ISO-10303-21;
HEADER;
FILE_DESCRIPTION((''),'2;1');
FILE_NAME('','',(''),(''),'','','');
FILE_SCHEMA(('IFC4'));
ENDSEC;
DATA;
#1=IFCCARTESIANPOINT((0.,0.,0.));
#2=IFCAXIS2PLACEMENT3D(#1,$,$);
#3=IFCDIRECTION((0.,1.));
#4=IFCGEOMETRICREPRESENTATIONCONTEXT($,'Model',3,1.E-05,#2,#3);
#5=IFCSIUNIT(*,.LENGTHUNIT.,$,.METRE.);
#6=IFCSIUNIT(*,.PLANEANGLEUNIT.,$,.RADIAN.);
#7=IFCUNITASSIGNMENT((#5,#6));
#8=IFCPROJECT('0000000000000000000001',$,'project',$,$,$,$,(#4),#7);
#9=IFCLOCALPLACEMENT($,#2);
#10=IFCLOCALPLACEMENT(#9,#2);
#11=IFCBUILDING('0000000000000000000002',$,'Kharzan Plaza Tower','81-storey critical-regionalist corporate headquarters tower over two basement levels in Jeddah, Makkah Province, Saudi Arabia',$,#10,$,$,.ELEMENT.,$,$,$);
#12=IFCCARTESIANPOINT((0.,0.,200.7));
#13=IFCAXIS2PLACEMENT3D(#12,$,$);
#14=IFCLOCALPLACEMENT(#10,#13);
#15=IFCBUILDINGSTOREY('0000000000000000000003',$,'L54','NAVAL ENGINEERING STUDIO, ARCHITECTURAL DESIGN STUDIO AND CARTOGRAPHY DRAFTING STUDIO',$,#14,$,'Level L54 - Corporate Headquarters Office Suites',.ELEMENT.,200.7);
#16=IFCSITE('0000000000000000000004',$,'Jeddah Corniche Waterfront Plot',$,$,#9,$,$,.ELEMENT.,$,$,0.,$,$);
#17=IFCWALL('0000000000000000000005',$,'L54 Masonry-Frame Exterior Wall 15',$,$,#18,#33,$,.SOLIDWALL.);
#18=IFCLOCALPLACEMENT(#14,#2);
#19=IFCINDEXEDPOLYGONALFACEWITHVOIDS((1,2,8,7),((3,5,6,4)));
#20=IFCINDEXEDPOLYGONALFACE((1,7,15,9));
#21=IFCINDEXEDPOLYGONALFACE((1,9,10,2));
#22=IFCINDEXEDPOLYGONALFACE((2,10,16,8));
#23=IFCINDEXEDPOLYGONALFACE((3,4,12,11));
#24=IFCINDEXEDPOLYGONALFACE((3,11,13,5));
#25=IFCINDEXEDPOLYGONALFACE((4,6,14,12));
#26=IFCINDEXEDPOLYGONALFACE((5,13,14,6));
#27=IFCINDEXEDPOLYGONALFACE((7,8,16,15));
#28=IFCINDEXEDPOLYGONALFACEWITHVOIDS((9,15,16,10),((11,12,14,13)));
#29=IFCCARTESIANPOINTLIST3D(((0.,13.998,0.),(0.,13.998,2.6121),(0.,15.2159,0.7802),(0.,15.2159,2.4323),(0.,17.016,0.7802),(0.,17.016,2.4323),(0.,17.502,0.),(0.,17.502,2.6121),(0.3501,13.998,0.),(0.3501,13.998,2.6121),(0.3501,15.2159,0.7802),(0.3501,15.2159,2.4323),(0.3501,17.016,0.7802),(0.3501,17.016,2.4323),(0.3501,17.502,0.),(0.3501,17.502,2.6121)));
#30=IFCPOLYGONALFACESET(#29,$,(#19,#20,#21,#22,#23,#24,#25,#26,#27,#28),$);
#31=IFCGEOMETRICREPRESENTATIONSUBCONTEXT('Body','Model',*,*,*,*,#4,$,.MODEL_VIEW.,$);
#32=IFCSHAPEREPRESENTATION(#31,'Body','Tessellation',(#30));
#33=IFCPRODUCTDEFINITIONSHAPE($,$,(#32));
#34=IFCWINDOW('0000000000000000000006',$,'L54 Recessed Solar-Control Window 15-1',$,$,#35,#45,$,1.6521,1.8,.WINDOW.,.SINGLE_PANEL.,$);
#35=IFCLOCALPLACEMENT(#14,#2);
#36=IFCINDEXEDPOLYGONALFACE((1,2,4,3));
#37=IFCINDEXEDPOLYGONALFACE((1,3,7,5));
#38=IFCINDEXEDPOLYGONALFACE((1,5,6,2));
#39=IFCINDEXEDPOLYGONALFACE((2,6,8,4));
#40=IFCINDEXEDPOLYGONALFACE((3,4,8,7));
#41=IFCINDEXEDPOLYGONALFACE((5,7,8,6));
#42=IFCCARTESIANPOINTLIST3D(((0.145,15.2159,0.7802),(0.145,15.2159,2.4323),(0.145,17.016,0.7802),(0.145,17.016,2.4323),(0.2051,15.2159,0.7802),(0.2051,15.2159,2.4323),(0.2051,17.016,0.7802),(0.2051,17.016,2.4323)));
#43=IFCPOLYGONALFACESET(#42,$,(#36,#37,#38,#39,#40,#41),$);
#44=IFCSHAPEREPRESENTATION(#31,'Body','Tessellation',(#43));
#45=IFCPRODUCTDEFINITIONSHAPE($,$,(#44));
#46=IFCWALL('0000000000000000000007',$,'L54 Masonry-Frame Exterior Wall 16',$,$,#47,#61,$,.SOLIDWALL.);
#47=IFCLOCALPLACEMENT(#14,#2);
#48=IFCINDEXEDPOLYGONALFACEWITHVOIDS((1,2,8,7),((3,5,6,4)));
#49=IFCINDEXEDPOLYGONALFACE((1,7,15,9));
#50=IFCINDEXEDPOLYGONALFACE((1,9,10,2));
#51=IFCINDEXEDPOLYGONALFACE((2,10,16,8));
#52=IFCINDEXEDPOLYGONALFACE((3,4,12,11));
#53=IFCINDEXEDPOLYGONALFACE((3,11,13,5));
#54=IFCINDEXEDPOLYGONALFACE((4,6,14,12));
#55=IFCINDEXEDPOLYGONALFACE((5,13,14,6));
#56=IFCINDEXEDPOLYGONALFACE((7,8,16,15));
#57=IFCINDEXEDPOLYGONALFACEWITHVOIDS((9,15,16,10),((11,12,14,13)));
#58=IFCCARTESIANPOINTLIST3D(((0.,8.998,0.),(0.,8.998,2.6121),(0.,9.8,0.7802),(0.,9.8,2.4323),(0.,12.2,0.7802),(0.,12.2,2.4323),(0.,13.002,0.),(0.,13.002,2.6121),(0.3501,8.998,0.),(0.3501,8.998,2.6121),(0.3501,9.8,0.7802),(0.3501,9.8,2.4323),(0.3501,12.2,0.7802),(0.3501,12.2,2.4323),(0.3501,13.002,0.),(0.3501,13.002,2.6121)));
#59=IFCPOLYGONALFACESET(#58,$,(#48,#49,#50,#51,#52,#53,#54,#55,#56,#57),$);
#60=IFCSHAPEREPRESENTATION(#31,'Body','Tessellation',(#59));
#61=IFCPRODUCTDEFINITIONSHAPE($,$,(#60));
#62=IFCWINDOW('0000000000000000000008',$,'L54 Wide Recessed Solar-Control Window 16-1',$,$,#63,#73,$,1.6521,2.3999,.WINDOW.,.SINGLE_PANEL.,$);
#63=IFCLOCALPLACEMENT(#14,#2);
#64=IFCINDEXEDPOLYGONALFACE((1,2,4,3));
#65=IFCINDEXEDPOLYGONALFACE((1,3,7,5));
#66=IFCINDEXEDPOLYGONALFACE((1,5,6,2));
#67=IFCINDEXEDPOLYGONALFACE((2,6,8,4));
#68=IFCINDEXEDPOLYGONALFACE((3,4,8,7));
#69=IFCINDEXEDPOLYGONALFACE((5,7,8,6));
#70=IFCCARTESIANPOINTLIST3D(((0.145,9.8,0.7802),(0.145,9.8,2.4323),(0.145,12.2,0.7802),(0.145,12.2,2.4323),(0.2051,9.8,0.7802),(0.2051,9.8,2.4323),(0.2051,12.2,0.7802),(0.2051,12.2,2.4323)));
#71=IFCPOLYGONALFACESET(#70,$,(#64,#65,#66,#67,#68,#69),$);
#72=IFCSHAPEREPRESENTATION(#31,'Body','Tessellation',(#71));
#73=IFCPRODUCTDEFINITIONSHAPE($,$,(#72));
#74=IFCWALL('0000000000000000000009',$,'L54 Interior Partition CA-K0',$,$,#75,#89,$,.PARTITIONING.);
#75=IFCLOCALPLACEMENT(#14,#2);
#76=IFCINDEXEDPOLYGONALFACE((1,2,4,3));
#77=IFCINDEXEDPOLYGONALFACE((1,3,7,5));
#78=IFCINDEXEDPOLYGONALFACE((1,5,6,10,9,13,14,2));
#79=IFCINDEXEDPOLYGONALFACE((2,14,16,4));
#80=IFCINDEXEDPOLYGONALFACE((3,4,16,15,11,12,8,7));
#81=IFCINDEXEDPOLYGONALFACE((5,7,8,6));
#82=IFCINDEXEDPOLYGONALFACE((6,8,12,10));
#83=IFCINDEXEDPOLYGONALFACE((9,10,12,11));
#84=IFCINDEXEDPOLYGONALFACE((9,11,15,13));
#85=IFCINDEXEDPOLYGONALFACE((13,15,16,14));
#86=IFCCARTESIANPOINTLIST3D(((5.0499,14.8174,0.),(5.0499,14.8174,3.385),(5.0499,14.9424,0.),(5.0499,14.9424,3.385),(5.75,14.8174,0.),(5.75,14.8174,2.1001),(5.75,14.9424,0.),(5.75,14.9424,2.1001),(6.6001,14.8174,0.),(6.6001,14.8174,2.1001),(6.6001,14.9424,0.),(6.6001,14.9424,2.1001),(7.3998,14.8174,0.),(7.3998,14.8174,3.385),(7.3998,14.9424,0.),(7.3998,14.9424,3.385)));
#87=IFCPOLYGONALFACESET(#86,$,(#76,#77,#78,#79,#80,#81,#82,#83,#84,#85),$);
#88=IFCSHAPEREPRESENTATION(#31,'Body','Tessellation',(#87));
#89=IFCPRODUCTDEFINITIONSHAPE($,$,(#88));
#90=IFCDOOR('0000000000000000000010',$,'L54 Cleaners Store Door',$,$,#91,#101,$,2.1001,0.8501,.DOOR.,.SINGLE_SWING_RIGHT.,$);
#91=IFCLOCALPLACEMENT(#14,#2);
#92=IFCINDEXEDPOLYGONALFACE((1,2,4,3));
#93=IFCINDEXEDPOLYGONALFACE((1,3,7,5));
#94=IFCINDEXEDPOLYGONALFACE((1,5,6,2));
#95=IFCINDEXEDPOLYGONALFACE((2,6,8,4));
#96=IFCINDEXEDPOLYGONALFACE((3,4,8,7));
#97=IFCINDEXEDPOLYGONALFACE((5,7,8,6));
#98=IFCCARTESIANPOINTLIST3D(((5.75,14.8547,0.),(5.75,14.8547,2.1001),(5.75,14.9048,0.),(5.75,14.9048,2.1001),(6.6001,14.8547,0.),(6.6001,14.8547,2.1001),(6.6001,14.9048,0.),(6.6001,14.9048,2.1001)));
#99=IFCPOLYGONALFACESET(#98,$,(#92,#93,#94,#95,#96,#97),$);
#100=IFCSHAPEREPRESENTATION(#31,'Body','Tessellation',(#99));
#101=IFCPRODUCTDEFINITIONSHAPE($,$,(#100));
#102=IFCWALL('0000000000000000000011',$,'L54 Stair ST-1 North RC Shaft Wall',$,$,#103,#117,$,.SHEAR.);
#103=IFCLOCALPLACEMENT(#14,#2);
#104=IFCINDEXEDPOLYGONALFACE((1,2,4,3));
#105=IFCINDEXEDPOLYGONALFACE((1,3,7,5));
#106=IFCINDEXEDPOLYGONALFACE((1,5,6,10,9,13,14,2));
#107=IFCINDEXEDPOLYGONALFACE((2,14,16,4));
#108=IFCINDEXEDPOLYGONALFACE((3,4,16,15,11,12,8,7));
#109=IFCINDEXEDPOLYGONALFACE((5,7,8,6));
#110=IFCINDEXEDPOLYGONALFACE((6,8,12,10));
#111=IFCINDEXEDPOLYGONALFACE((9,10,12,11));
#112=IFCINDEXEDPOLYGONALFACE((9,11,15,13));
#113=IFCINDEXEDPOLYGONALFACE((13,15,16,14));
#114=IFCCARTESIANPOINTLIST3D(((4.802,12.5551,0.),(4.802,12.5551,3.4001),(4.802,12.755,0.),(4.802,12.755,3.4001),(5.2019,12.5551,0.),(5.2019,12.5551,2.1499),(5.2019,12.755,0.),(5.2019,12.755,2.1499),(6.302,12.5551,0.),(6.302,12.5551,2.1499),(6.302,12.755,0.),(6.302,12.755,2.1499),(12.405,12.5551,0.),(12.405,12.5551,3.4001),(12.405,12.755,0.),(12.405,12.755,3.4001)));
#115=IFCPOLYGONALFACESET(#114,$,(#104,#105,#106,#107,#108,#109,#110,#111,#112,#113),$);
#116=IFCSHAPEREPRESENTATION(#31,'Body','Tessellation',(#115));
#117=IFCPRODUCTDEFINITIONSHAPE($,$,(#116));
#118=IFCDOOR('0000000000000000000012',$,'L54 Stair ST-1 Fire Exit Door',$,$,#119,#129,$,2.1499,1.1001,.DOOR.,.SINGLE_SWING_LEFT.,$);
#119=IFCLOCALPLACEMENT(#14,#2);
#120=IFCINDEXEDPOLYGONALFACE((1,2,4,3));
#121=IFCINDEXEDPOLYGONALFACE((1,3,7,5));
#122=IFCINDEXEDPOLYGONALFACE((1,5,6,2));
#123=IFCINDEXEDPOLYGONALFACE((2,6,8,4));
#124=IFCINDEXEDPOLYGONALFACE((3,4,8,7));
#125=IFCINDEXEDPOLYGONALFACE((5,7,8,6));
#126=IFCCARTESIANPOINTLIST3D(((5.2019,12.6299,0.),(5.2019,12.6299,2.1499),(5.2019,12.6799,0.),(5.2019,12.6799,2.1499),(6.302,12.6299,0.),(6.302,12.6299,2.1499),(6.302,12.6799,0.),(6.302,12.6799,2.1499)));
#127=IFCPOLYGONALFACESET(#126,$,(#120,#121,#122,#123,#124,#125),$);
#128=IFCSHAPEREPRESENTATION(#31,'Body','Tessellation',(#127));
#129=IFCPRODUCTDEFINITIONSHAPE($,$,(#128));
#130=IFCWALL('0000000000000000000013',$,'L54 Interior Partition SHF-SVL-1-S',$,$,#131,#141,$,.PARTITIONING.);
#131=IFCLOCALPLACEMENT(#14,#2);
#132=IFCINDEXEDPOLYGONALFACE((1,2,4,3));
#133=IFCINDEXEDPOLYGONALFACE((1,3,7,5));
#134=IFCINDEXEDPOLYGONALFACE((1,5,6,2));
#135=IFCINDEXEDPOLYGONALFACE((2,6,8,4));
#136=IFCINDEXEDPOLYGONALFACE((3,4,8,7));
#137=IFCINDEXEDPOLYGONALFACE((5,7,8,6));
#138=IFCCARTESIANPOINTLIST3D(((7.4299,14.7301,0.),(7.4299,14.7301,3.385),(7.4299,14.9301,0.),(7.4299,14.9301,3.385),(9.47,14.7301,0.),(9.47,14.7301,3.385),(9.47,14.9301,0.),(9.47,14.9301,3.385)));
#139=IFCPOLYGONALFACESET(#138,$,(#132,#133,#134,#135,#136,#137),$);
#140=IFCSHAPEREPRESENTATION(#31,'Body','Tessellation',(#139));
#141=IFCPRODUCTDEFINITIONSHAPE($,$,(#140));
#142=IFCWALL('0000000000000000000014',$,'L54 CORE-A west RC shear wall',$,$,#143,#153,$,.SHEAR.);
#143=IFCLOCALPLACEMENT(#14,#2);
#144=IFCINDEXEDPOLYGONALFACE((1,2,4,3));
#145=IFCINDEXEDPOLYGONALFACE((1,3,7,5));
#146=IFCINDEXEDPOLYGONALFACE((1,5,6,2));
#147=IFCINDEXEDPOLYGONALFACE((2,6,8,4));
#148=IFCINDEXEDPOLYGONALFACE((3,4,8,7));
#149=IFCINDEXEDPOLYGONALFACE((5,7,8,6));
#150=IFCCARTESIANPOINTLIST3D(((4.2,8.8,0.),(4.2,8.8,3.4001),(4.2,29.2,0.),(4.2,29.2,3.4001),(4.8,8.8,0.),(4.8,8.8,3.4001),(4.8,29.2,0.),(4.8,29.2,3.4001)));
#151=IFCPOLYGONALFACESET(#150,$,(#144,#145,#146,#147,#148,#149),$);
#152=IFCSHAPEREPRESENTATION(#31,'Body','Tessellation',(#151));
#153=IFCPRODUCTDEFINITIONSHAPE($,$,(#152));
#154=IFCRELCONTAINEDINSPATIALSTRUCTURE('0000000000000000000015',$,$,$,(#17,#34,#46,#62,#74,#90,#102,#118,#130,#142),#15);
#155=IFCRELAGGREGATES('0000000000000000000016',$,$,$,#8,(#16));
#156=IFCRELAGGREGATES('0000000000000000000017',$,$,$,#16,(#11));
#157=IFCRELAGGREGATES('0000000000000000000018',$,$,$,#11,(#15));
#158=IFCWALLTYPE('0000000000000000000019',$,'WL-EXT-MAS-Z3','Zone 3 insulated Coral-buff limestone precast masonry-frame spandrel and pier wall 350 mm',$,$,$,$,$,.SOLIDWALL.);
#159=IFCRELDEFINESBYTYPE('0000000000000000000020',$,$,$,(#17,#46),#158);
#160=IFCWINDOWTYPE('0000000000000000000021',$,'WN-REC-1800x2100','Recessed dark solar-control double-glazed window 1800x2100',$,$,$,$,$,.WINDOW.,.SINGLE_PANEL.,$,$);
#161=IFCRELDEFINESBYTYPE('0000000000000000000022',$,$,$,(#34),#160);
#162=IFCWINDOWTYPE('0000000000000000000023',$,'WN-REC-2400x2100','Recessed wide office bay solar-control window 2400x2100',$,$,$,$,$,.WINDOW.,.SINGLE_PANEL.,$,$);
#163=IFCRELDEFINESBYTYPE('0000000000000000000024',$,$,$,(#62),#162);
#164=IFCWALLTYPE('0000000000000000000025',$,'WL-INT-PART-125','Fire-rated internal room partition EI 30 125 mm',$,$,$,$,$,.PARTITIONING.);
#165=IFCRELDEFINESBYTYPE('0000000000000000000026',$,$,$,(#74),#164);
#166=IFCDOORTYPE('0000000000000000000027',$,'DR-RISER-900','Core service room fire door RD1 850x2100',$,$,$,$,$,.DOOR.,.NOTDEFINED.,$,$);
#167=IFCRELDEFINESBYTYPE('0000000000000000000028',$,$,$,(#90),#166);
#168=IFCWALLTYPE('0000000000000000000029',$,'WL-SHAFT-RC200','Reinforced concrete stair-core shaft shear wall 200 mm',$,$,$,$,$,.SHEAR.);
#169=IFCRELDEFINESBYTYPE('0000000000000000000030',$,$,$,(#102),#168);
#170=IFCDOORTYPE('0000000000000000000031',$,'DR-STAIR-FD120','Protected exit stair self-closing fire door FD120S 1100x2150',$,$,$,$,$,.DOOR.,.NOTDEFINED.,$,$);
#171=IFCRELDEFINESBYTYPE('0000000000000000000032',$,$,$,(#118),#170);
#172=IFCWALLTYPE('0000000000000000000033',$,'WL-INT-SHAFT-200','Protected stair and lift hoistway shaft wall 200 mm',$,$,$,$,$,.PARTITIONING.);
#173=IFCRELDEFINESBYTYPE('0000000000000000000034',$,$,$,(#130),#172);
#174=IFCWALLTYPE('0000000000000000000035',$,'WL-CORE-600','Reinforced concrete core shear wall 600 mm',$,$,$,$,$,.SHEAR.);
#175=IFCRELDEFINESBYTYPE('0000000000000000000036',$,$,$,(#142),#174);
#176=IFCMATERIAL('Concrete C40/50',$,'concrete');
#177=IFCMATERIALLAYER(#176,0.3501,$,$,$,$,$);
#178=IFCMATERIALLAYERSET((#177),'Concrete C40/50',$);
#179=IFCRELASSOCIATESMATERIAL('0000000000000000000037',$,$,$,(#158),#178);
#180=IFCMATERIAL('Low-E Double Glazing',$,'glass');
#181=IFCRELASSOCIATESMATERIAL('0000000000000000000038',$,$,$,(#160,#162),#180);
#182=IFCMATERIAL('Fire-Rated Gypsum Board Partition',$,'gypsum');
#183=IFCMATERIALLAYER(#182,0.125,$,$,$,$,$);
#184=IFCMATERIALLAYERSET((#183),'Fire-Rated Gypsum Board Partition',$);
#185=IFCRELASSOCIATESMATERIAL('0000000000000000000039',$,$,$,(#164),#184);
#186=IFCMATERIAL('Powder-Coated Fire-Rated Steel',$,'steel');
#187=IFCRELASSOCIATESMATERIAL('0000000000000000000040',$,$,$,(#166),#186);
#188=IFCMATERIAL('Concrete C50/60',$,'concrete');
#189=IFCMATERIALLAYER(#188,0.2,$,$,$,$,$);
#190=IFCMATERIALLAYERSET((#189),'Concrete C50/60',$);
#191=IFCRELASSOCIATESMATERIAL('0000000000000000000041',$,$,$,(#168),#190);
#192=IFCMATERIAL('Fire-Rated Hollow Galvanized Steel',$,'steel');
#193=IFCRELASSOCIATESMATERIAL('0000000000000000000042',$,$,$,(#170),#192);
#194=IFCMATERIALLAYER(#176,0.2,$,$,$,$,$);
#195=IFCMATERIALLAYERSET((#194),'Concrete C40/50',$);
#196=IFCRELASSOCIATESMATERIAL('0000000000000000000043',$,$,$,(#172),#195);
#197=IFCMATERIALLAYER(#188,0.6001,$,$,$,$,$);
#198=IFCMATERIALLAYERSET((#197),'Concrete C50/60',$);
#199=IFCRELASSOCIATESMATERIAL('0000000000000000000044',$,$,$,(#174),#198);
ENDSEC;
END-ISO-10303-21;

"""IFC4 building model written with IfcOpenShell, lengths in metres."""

from ifc_helpers import new_model, si_unit, direction, frame, frame_2d, origin, place, context, subcontext, project, spatial, rectangle, extrude, source, transform, mapped, material, layer, layer_set, type_object, element, fill, save


model = new_model("IFC4")

# Units and contexts
model_context = context("Model", 3, precision=1e-05, world=origin(), true_north=direction((0.0, 1.0)))
body_context = subcontext(model_context, "Body", "Model", "MODEL_VIEW")
ifc_project = project(units=[si_unit("LENGTHUNIT", "METRE"), si_unit("PLANEANGLEUNIT", "RADIAN")], contexts=[model_context])

# Site, building, storey
site_placement = place(None, origin())
site = spatial("IfcSite", under=ifc_project, at=site_placement, Name="Jeddah Corniche Waterfront Plot", CompositionType="ELEMENT", RefElevation=0.0)
building_placement = place(site_placement, origin())
building = spatial("IfcBuilding", under=site, at=building_placement, Name="Kharzan Plaza Tower", Description="81-storey critical-regionalist corporate headquarters tower over two basement levels in Jeddah, Makkah Province, Saudi Arabia", CompositionType="ELEMENT")
storey_placement = place(building_placement, frame((0.0, 0.0, 200.7)))
storey = spatial("IfcBuildingStorey", under=building, at=storey_placement, Name="L54", Description="NAVAL ENGINEERING STUDIO, ARCHITECTURAL DESIGN STUDIO AND CARTOGRAPHY DRAFTING STUDIO", LongName="Level L54 - Corporate Headquarters Office Suites", CompositionType="ELEMENT", Elevation=200.7)

# Shared definitions
ifc_material_1 = material(Name="Concrete C50/60", Category="concrete")

# Walls, openings, windows
ifc_material_2 = material(Name="Concrete C40/50", Category="concrete")
ifc_layer_1 = layer(ifc_material_2, 0.3501)
ifc_layer_set_1 = layer_set([ifc_layer_1], Name="Concrete C40/50")
wall_type_1 = type_object("IfcWallType", Name="WL-EXT-MAS-Z3", Description="Zone 3 insulated Coral-buff limestone precast masonry-frame spandrel and pier wall 350 mm", PredefinedType="SOLIDWALL", material=ifc_layer_set_1)
wall_1_placement = place(storey_placement, frame((0.175, 17.502, 0.0), z_axis=(0.0, 0.0, 1.0), x_axis=(0.0, -1.0, 0.0)))
wall_1 = element("IfcWall", 1, at=wall_1_placement, inside=storey, type_object=wall_type_1, Name="L54 Masonry-Frame Exterior Wall 15", PredefinedType="SOLIDWALL", context=body_context, shape_type="SweptSolid", body=[
    extrude(rectangle(XDim=3.5039, YDim=0.3501, at=frame_2d((1.752, 0.0))), origin(), (0.0, 0.0, 1.0), 2.6121),
])
opening_1_placement = place(wall_1_placement, frame((0.4861, 0.0, 0.78)))
opening_1 = element("IfcOpeningElement", 2, at=opening_1_placement, cuts=wall_1, PredefinedType="OPENING", context=body_context, shape_type="SweptSolid", body=[
    extrude(rectangle(XDim=1.8, YDim=1.6521, at=frame_2d((0.8999, 0.8262))), frame((0.0, 0.1851, 0.0), z_axis=(0.0, -1.0, 0.0), x_axis=(1.0, 0.0, 0.0)), (0.0, 0.0, 1.0), 0.3701),
])
ifc_material_3 = material(Name="Low-E Double Glazing", Category="glass")
window_type_1 = type_object("IfcWindowType", Name="WN-REC-1800x2100", Description="Recessed dark solar-control double-glazed window 1800x2100", PartitioningType="SINGLE_PANEL", PredefinedType="WINDOW", material=ifc_material_3)
shared_shape_1 = source(origin(), body_context, "Body", "SweptSolid", [
    extrude(rectangle(XDim=1.8, YDim=1.6521, at=frame_2d((0.8999, 0.8262))), frame((0.0, 0.03, 0.0), z_axis=(0.0, -1.0, 0.0), x_axis=(1.0, 0.0, 0.0)), (0.0, 0.0, 1.0), 0.0601),
])
window_1_placement = place(opening_1_placement, origin())
window_1 = element("IfcWindow", 3, at=window_1_placement, inside=storey, type_object=window_type_1, Name="L54 Recessed Solar-Control Window 15-1", OverallHeight=1.6521, OverallWidth=1.8, PartitioningType="SINGLE_PANEL", PredefinedType="WINDOW", context=body_context, shape_type="MappedRepresentation", body=[
    mapped(shared_shape_1, transform((0.0, 0.0, 0.0), x_axis=(1.0, 0.0, 0.0), y_axis=(0.0, 1.0, 0.0), z_axis=(0.0, 0.0, 1.0))),
])
fill(opening_1, window_1)
wall_2_placement = place(storey_placement, frame((0.175, 13.002, 0.0), z_axis=(0.0, 0.0, 1.0), x_axis=(0.0, -1.0, 0.0)))
wall_2 = element("IfcWall", 4, at=wall_2_placement, inside=storey, type_object=wall_type_1, Name="L54 Masonry-Frame Exterior Wall 16", PredefinedType="SOLIDWALL", context=body_context, shape_type="SweptSolid", body=[
    extrude(rectangle(XDim=4.0039, YDim=0.3501, at=frame_2d((2.002, 0.0))), origin(), (0.0, 0.0, 1.0), 2.6121),
])
opening_2_placement = place(wall_2_placement, frame((0.802, 0.0, 0.78)))
opening_2 = element("IfcOpeningElement", 5, at=opening_2_placement, cuts=wall_2, PredefinedType="OPENING", context=body_context, shape_type="SweptSolid", body=[
    extrude(rectangle(XDim=2.3999, YDim=1.6521, at=frame_2d((1.2, 0.8262))), frame((0.0, 0.1851, 0.0), z_axis=(0.0, -1.0, 0.0), x_axis=(1.0, 0.0, 0.0)), (0.0, 0.0, 1.0), 0.3701),
])
window_type_2 = type_object("IfcWindowType", Name="WN-REC-2400x2100", Description="Recessed wide office bay solar-control window 2400x2100", PartitioningType="SINGLE_PANEL", PredefinedType="WINDOW", material=ifc_material_3)
shared_shape_2 = source(origin(), body_context, "Body", "SweptSolid", [
    extrude(rectangle(XDim=2.3999, YDim=1.6521, at=frame_2d((1.2, 0.8262))), frame((0.0, 0.03, 0.0), z_axis=(0.0, -1.0, 0.0), x_axis=(1.0, 0.0, 0.0)), (0.0, 0.0, 1.0), 0.0601),
])
window_2_placement = place(opening_2_placement, origin())
window_2 = element("IfcWindow", 6, at=window_2_placement, inside=storey, type_object=window_type_2, Name="L54 Wide Recessed Solar-Control Window 16-1", OverallHeight=1.6521, OverallWidth=2.3999, PartitioningType="SINGLE_PANEL", PredefinedType="WINDOW", context=body_context, shape_type="MappedRepresentation", body=[
    mapped(shared_shape_2, transform((0.0, 0.0, 0.0), x_axis=(1.0, 0.0, 0.0), y_axis=(0.0, 1.0, 0.0), z_axis=(0.0, 0.0, 1.0))),
])
fill(opening_2, window_2)

# Walls, openings, doors
ifc_material_4 = material(Name="Fire-Rated Gypsum Board Partition", Category="gypsum")
ifc_layer_2 = layer(ifc_material_4, 0.125)
ifc_layer_set_2 = layer_set([ifc_layer_2], Name="Fire-Rated Gypsum Board Partition")
wall_type_2 = type_object("IfcWallType", Name="WL-INT-PART-125", Description="Fire-rated internal room partition EI 30 125 mm", PredefinedType="PARTITIONING", material=ifc_layer_set_2)
wall_3_placement = place(storey_placement, frame((5.05, 14.8799, 0.0), z_axis=(0.0, 0.0, 1.0), x_axis=(1.0, 0.0, 0.0)))
wall_3 = element("IfcWall", 7, at=wall_3_placement, inside=storey, type_object=wall_type_2, Name="L54 Interior Partition CA-K0", PredefinedType="PARTITIONING", context=body_context, shape_type="SweptSolid", body=[
    extrude(rectangle(XDim=2.3499, YDim=0.125, at=frame_2d((1.1748, 0.0))), origin(), (0.0, 0.0, 1.0), 3.385),
])
opening_3_placement = place(wall_3_placement, frame((0.7, 0.0, 0.0)))
opening_3 = element("IfcOpeningElement", 8, at=opening_3_placement, cuts=wall_3, PredefinedType="OPENING", context=body_context, shape_type="SweptSolid", body=[
    extrude(rectangle(XDim=0.8501, YDim=2.1001, at=frame_2d((0.425, 1.05))), frame((0.0, 0.0725, 0.0), z_axis=(0.0, -1.0, 0.0), x_axis=(1.0, 0.0, 0.0)), (0.0, 0.0, 1.0), 0.145),
])
ifc_material_5 = material(Name="Powder-Coated Fire-Rated Steel", Category="steel")
door_type_1 = type_object("IfcDoorType", Name="DR-RISER-900", Description="Core service room fire door RD1 850x2100", OperationType="NOTDEFINED", PredefinedType="DOOR", material=ifc_material_5)
shared_shape_3 = source(origin(), body_context, "Body", "SweptSolid", [
    extrude(rectangle(XDim=0.8501, YDim=2.1001, at=frame_2d((0.425, 1.05))), frame((0.0, 0.0249, 0.0), z_axis=(0.0, -1.0, 0.0), x_axis=(1.0, 0.0, 0.0)), (0.0, 0.0, 1.0), 0.05),
])
door_1_placement = place(opening_3_placement, origin())
door_1 = element("IfcDoor", 9, at=door_1_placement, inside=storey, type_object=door_type_1, Name="L54 Cleaners Store Door", OperationType="SINGLE_SWING_RIGHT", OverallHeight=2.1001, OverallWidth=0.8501, PredefinedType="DOOR", context=body_context, shape_type="MappedRepresentation", body=[
    mapped(shared_shape_3, transform((0.0, 0.0, 0.0), x_axis=(1.0, 0.0, 0.0), y_axis=(0.0, 1.0, 0.0), z_axis=(0.0, 0.0, 1.0))),
])
fill(opening_3, door_1)
ifc_layer_3 = layer(ifc_material_1, 0.2)
ifc_layer_set_3 = layer_set([ifc_layer_3], Name="Concrete C50/60")
wall_type_3 = type_object("IfcWallType", Name="WL-SHAFT-RC200", Description="Reinforced concrete stair-core shaft shear wall 200 mm", PredefinedType="SHEAR", material=ifc_layer_set_3)
wall_4_placement = place(storey_placement, frame((4.802, 12.655, 0.0), z_axis=(0.0, 0.0, 1.0), x_axis=(1.0, 0.0, 0.0)))
wall_4 = element("IfcWall", 10, at=wall_4_placement, inside=storey, type_object=wall_type_3, Name="L54 Stair ST-1 North RC Shaft Wall", PredefinedType="SHEAR", context=body_context, shape_type="SweptSolid", body=[
    extrude(rectangle(XDim=7.603, YDim=0.2, at=frame_2d((3.8015, 0.0))), origin(), (0.0, 0.0, 1.0), 3.4001),
])
opening_4_placement = place(wall_4_placement, frame((0.3999, 0.0, 0.0)))
opening_4 = element("IfcOpeningElement", 11, at=opening_4_placement, cuts=wall_4, PredefinedType="OPENING", context=body_context, shape_type="SweptSolid", body=[
    extrude(rectangle(XDim=1.1001, YDim=2.1499, at=frame_2d((0.55, 1.075))), frame((0.0, 0.1099, 0.0), z_axis=(0.0, -1.0, 0.0), x_axis=(1.0, 0.0, 0.0)), (0.0, 0.0, 1.0), 0.22),
])
ifc_material_6 = material(Name="Fire-Rated Hollow Galvanized Steel", Category="steel")
door_type_2 = type_object("IfcDoorType", Name="DR-STAIR-FD120", Description="Protected exit stair self-closing fire door FD120S 1100x2150", OperationType="NOTDEFINED", PredefinedType="DOOR", material=ifc_material_6)
shared_shape_4 = source(origin(), body_context, "Body", "SweptSolid", [
    extrude(rectangle(XDim=1.1001, YDim=2.1499, at=frame_2d((0.55, 1.075))), frame((0.0, 0.0249, 0.0), z_axis=(0.0, -1.0, 0.0), x_axis=(1.0, 0.0, 0.0)), (0.0, 0.0, 1.0), 0.05),
])
door_2_placement = place(opening_4_placement, origin())
door_2 = element("IfcDoor", 12, at=door_2_placement, inside=storey, type_object=door_type_2, Name="L54 Stair ST-1 Fire Exit Door", OperationType="SINGLE_SWING_LEFT", OverallHeight=2.1499, OverallWidth=1.1001, PredefinedType="DOOR", context=body_context, shape_type="MappedRepresentation", body=[
    mapped(shared_shape_4, transform((0.0, 0.0, 0.0), x_axis=(1.0, 0.0, 0.0), y_axis=(0.0, 1.0, 0.0), z_axis=(0.0, 0.0, 1.0))),
])
fill(opening_4, door_2)

# Walls
ifc_layer_4 = layer(ifc_material_2, 0.2)
ifc_layer_set_4 = layer_set([ifc_layer_4], Name="Concrete C40/50")
wall_type_4 = type_object("IfcWallType", Name="WL-INT-SHAFT-200", Description="Protected stair and lift hoistway shaft wall 200 mm", PredefinedType="PARTITIONING", material=ifc_layer_set_4)
shared_shape_5 = source(origin(), body_context, "Body", "SweptSolid", [
    extrude(rectangle(XDim=2.04, YDim=0.2, at=frame_2d((1.02, 0.0))), origin(), (0.0, 0.0, 1.0), 3.385),
])
wall_5_placement = place(storey_placement, frame((7.4299, 14.8301, 0.0), z_axis=(0.0, 0.0, 1.0), x_axis=(1.0, 0.0, 0.0)))
element("IfcWall", 13, at=wall_5_placement, inside=storey, type_object=wall_type_4, Name="L54 Interior Partition SHF-SVL-1-S", PredefinedType="PARTITIONING", context=body_context, shape_type="MappedRepresentation", body=[
    mapped(shared_shape_5, transform((0.0, 0.0, 0.0), x_axis=(1.0, 0.0, 0.0), y_axis=(0.0, 1.0, 0.0), z_axis=(0.0, 0.0, 1.0))),
])
ifc_layer_5 = layer(ifc_material_1, 0.6001)
ifc_layer_set_5 = layer_set([ifc_layer_5], Name="Concrete C50/60")
wall_type_5 = type_object("IfcWallType", Name="WL-CORE-600", Description="Reinforced concrete core shear wall 600 mm", PredefinedType="SHEAR", material=ifc_layer_set_5)
shared_shape_6 = source(origin(), body_context, "Body", "SweptSolid", [
    extrude(rectangle(XDim=20.3999, YDim=0.6001, at=frame_2d((10.2, 0.0))), origin(), (0.0, 0.0, 1.0), 3.4001),
])
wall_6_placement = place(storey_placement, frame((4.5, 8.8, 0.0), z_axis=(0.0, 0.0, 1.0), x_axis=(0.0, 1.0, 0.0)))
element("IfcWall", 14, at=wall_6_placement, inside=storey, type_object=wall_type_5, Name="L54 CORE-A west RC shear wall", PredefinedType="SHEAR", context=body_context, shape_type="MappedRepresentation", body=[
    mapped(shared_shape_6, transform((0.0, 0.0, 0.0), x_axis=(1.0, 0.0, 0.0), y_axis=(0.0, 1.0, 0.0), z_axis=(0.0, 0.0, 1.0))),
])

save(model, "model.ifc")
